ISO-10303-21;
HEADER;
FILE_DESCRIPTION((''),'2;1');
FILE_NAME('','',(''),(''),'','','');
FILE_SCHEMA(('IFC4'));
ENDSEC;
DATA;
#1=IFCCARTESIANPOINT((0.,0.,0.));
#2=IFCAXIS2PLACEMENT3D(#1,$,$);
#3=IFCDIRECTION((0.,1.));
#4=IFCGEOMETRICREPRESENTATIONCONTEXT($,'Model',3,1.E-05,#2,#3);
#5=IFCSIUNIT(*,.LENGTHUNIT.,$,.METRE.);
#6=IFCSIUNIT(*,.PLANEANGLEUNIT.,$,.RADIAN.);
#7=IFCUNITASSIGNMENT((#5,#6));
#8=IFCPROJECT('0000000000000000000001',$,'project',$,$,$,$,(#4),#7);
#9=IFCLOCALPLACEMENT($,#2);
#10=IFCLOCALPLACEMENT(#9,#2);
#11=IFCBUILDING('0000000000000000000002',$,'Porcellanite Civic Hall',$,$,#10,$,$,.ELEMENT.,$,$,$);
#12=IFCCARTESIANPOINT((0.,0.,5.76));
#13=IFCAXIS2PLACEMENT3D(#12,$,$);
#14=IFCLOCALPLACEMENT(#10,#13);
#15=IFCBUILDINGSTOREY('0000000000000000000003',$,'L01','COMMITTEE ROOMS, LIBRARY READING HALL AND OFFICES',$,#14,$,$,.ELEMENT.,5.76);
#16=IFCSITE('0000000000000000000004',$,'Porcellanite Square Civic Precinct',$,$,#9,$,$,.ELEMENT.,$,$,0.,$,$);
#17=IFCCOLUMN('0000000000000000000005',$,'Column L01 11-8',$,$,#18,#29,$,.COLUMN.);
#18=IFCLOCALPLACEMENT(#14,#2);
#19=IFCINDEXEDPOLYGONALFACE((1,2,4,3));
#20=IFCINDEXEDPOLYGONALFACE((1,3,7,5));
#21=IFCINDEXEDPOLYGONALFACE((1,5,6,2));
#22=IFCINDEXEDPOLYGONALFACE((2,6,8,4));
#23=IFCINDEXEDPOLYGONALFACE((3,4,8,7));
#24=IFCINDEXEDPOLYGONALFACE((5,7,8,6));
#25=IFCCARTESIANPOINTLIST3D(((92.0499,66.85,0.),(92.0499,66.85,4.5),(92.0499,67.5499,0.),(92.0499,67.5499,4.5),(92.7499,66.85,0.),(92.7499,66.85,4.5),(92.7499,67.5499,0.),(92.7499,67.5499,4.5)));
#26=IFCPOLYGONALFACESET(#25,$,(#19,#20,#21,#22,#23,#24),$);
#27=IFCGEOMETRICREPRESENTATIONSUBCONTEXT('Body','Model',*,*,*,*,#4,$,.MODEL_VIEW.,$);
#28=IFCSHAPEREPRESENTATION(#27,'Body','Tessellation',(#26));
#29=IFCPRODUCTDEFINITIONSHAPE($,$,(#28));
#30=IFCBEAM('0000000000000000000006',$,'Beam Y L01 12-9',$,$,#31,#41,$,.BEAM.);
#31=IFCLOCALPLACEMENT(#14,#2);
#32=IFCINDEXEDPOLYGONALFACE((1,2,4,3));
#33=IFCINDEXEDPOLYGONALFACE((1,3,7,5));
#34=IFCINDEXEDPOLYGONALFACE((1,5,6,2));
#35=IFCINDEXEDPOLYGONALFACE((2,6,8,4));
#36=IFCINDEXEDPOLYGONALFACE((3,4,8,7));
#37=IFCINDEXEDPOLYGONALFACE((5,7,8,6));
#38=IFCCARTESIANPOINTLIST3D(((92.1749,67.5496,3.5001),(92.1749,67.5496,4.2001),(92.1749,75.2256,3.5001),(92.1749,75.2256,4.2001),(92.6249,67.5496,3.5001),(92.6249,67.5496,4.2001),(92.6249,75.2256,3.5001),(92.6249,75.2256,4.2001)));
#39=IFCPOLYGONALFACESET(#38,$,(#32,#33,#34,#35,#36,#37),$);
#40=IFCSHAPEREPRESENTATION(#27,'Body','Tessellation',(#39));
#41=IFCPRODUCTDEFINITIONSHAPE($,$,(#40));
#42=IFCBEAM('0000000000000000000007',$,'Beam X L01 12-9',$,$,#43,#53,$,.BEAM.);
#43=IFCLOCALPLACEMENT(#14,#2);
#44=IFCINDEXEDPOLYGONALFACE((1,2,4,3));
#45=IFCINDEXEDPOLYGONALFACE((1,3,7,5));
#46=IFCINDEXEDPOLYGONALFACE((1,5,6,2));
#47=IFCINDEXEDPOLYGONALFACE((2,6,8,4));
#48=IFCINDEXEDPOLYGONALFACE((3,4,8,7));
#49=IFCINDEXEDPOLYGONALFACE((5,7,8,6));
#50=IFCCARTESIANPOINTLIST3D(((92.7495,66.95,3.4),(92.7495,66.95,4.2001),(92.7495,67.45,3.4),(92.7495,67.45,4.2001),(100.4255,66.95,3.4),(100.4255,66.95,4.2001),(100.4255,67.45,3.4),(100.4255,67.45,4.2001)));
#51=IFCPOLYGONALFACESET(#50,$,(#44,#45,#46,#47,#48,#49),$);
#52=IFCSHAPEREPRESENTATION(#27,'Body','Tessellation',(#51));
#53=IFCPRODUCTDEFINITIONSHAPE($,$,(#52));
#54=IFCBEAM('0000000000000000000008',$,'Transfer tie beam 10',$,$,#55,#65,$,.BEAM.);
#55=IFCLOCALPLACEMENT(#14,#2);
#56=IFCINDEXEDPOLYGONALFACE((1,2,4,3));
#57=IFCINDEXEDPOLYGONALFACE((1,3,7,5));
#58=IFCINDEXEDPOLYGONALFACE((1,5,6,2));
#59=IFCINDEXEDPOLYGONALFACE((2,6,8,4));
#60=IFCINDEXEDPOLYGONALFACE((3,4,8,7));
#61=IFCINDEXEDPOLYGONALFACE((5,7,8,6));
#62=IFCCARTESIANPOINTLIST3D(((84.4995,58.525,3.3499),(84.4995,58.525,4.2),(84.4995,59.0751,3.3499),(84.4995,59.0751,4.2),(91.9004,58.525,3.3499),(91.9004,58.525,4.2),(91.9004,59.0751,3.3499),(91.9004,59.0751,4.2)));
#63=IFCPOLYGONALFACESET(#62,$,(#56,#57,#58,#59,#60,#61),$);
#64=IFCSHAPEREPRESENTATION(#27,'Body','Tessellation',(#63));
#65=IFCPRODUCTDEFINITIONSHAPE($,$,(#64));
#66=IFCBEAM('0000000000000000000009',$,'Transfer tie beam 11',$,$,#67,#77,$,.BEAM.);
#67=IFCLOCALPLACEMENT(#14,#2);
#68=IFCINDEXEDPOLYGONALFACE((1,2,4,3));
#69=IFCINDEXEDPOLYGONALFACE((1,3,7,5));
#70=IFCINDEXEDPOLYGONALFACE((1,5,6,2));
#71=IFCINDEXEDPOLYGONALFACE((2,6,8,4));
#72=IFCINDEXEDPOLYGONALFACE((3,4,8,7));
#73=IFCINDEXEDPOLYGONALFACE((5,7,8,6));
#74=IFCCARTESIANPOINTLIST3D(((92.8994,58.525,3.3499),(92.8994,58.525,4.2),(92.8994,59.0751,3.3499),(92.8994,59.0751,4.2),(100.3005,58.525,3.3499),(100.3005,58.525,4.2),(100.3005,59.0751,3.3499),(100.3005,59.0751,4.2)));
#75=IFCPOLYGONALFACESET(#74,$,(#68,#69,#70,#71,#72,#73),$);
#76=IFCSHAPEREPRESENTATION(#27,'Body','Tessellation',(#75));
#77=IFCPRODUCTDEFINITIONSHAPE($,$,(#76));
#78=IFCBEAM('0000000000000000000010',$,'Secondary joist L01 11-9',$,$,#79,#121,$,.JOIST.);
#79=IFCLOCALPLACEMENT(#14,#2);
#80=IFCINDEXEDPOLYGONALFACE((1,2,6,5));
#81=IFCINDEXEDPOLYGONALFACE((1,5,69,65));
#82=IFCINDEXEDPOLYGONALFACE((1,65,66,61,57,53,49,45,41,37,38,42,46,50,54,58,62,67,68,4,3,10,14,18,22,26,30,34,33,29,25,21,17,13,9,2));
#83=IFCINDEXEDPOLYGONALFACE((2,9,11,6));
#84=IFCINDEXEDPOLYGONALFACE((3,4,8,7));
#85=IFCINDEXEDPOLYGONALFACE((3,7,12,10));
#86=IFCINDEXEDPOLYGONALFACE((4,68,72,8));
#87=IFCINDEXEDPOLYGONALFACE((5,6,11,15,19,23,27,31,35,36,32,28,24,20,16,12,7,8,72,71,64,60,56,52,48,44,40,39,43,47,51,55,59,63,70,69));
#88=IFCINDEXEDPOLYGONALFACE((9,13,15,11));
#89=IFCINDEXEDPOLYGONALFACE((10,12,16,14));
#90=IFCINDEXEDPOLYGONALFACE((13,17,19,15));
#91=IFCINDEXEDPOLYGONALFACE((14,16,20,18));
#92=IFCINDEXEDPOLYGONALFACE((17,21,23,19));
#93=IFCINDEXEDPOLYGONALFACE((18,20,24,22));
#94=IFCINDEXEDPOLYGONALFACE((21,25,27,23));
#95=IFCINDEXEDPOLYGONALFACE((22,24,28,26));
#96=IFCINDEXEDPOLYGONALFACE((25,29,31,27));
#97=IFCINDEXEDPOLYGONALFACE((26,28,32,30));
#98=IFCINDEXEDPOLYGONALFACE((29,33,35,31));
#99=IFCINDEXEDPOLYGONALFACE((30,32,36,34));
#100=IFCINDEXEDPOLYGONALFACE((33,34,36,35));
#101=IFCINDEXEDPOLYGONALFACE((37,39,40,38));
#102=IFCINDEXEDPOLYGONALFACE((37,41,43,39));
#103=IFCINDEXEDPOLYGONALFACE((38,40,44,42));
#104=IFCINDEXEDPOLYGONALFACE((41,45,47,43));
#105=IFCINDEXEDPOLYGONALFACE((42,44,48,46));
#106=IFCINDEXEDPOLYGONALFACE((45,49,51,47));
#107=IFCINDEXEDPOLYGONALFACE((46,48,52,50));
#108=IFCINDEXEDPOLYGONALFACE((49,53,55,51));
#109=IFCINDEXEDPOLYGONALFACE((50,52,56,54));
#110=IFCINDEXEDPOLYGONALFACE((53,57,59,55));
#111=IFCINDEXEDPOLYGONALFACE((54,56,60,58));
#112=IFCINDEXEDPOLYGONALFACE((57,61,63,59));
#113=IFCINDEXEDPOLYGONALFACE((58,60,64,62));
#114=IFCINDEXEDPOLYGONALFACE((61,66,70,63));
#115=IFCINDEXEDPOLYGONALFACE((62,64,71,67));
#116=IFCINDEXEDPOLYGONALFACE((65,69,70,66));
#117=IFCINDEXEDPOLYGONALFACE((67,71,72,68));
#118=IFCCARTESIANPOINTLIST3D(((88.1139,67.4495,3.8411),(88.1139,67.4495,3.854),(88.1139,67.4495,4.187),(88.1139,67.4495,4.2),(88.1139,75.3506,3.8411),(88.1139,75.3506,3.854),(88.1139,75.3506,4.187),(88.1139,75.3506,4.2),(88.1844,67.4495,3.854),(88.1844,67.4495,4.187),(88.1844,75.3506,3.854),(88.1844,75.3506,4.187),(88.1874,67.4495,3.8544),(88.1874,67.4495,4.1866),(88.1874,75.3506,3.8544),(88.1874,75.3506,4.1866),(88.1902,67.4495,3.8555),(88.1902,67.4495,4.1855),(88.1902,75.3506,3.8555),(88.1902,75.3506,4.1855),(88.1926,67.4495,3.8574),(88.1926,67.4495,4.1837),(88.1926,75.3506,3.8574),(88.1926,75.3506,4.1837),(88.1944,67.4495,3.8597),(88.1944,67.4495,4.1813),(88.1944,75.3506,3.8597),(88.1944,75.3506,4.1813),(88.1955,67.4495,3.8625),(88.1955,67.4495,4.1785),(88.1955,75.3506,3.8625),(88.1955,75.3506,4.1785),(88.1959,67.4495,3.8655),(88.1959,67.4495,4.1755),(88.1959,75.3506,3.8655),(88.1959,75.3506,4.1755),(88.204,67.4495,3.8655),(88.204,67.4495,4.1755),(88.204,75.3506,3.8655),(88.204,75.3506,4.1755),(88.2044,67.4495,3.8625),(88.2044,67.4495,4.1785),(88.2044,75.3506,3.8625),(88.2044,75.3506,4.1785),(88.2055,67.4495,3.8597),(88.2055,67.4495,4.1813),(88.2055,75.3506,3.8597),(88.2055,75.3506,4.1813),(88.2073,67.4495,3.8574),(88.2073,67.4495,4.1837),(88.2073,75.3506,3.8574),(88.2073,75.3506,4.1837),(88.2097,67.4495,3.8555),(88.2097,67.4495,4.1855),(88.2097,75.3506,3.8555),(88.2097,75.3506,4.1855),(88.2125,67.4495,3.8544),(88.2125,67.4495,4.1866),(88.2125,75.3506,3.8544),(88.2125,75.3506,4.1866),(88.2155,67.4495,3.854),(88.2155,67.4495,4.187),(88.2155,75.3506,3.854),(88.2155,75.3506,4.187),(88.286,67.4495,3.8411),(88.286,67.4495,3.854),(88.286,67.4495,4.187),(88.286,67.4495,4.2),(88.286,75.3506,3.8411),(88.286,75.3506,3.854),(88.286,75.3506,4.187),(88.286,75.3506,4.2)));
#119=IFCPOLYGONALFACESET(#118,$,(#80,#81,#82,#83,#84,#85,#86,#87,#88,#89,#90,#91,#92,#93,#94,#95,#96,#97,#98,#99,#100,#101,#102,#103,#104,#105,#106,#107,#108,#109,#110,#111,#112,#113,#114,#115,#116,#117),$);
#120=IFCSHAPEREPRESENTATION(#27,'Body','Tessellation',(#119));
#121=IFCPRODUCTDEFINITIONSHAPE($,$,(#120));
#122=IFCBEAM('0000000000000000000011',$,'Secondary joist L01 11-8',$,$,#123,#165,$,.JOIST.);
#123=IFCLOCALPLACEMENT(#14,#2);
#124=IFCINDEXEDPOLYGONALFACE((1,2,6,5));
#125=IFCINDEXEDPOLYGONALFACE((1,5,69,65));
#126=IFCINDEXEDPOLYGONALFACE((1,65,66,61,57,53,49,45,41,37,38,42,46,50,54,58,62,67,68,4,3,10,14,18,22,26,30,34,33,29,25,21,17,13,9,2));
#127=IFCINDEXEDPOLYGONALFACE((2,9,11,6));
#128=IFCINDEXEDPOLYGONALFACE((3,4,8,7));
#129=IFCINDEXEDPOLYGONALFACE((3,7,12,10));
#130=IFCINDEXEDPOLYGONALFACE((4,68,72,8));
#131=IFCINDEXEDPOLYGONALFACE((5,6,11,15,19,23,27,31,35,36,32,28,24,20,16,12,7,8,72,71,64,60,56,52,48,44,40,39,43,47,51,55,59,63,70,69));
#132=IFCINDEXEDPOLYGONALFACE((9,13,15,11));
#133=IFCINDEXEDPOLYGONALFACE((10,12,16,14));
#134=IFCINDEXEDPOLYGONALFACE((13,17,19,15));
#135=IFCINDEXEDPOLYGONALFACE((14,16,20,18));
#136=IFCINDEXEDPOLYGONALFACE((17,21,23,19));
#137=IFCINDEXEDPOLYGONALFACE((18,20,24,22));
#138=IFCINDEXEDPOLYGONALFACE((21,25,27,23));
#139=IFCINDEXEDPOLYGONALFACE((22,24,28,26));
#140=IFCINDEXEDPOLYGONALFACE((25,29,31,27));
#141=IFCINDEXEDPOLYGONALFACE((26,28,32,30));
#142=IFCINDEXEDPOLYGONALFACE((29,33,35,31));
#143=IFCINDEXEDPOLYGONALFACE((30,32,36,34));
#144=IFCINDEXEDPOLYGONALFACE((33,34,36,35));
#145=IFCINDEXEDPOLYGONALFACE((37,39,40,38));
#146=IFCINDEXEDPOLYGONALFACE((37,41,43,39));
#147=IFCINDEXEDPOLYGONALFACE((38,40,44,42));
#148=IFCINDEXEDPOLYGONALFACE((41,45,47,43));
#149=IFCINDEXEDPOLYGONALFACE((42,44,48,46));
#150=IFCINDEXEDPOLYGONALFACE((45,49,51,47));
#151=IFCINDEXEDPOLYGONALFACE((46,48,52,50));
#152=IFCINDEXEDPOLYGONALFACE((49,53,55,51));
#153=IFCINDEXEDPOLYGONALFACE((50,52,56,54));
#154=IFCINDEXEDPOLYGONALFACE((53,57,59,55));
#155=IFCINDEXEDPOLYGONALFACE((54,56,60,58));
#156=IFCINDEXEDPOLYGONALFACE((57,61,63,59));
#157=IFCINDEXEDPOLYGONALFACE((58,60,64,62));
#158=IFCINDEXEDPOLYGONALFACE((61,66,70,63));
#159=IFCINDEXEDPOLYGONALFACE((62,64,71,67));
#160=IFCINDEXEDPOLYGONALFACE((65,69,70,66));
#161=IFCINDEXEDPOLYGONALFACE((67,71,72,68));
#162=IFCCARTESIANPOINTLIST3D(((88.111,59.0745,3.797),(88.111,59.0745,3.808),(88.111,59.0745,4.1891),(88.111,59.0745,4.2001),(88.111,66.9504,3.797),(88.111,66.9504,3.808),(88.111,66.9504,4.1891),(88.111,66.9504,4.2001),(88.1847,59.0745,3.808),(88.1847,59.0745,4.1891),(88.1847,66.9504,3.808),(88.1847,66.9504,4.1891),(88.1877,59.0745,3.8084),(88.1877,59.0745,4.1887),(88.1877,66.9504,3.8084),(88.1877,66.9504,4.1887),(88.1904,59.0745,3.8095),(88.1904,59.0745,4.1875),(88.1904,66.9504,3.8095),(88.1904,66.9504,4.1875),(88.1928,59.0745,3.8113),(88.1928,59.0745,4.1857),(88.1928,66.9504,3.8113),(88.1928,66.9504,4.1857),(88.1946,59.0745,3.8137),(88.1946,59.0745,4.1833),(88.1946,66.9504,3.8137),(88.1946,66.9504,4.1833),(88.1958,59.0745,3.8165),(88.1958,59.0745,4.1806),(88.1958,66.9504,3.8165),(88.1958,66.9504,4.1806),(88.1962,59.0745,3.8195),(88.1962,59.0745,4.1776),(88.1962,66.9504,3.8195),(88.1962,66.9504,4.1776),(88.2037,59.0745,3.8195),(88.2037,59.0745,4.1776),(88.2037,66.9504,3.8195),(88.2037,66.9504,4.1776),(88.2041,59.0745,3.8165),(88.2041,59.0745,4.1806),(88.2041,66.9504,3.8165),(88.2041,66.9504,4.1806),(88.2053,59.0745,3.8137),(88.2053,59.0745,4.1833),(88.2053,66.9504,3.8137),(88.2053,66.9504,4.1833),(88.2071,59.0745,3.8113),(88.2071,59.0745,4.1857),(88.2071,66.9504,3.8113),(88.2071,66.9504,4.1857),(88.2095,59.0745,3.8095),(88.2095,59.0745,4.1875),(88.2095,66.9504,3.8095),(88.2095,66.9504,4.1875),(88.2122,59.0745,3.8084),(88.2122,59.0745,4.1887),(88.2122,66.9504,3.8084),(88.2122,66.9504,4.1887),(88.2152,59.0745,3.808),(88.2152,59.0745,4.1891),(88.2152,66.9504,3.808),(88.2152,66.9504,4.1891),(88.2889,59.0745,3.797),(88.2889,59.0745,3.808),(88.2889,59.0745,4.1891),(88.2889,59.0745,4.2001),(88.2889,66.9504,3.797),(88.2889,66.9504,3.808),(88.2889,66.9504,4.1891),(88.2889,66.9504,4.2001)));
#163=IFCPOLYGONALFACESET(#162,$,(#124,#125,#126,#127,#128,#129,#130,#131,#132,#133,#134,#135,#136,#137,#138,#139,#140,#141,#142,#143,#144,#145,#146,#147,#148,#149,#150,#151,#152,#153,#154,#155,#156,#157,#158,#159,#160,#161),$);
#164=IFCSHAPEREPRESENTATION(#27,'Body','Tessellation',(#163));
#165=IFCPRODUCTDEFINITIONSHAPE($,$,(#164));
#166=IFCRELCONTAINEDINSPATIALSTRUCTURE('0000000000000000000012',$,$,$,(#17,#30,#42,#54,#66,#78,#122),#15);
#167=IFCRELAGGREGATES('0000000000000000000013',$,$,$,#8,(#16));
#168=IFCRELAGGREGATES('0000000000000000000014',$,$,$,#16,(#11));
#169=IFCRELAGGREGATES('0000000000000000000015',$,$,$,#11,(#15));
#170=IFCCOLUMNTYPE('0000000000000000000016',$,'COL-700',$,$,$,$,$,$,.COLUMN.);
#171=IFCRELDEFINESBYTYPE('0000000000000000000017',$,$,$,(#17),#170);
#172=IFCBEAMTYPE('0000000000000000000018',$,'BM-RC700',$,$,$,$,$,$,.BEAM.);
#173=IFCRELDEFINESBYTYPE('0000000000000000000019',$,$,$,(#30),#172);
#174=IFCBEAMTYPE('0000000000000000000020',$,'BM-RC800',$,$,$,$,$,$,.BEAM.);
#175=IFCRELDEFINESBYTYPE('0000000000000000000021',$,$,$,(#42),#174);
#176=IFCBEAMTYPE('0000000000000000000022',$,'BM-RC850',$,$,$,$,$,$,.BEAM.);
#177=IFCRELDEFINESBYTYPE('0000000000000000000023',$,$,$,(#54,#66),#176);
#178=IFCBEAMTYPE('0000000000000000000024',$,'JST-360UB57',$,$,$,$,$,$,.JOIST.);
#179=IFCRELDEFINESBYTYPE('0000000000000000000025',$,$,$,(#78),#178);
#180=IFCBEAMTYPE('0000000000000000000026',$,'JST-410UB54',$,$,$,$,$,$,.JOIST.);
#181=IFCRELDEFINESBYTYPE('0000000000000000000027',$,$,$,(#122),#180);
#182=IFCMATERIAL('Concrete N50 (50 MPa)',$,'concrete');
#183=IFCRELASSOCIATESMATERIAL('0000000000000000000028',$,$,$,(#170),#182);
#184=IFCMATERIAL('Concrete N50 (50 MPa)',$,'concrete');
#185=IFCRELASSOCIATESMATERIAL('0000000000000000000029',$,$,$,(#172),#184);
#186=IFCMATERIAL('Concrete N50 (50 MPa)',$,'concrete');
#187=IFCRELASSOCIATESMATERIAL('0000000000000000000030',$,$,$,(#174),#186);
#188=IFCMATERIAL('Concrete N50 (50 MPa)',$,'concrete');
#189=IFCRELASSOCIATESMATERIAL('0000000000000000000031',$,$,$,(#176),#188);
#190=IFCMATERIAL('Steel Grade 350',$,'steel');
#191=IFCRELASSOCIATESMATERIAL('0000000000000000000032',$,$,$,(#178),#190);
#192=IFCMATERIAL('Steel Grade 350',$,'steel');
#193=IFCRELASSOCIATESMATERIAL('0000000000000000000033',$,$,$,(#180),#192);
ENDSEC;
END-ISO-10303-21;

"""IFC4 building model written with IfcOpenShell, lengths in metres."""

from ifc_helpers import new_model, si_unit, direction, frame, origin, origin_2d, place, context, subcontext, project, spatial, rectangle, i_section, extrude, material, material_profile, profile_set, type_object, element, save


model = new_model("IFC4")

# Units and contexts
model_context = context("Model", 3, precision=1e-05, world=origin(), true_north=direction((0.0, 1.0)))
body_context = subcontext(model_context, "Body", "Model", "MODEL_VIEW")
ifc_project = project(units=[si_unit("LENGTHUNIT", "METRE"), si_unit("PLANEANGLEUNIT", "RADIAN")], contexts=[model_context])

# Site, building, storey
site_placement = place(None, origin())
site = spatial("IfcSite", under=ifc_project, at=site_placement, Name="Porcellanite Square Civic Precinct", CompositionType="ELEMENT", RefElevation=0.0)
building_placement = place(site_placement, origin())
building = spatial("IfcBuilding", under=site, at=building_placement, Name="Porcellanite Civic Hall", CompositionType="ELEMENT")
storey_placement = place(building_placement, frame((0.0, 0.0, 5.76)))
storey = spatial("IfcBuildingStorey", under=building, at=storey_placement, Name="L01", Description="COMMITTEE ROOMS, LIBRARY READING HALL AND OFFICES", CompositionType="ELEMENT", Elevation=5.76)

# Column
ifc_material_1 = material(Name="Concrete N50 (50 MPa)", Category="concrete")
ifc_material_profile_1 = material_profile(ifc_material_1, rectangle(XDim=0.7, YDim=0.7, at=origin_2d()), Name="RC-700x700")
ifc_profile_set_1 = profile_set([ifc_material_profile_1], Name="Concrete N50 (50 MPa)")
column_type = type_object("IfcColumnType", Name="COL-700", PredefinedType="COLUMN", material=ifc_profile_set_1)
column_placement = place(storey_placement, frame((92.3999, 67.2, 0.0), z_axis=(0.0, 0.0, 1.0), x_axis=(1.0, 0.0, 0.0)))
element("IfcColumn", 1, at=column_placement, inside=storey, type_object=column_type, Name="Column L01 11-8", PredefinedType="COLUMN", context=body_context, shape_type="SweptSolid", body=[
    extrude(rectangle(XDim=0.7, YDim=0.7, at=origin_2d()), origin(), (0.0, 0.0, 1.0), 4.5),
])

# Beams
ifc_material_2 = material(Name="Concrete N50 (50 MPa)", Category="concrete")
ifc_material_profile_2 = material_profile(ifc_material_2, rectangle(XDim=0.45, YDim=0.7, at=origin_2d()), Name="RC-450x700")
ifc_profile_set_2 = profile_set([ifc_material_profile_2], Name="Concrete N50 (50 MPa)")
beam_type_1 = type_object("IfcBeamType", Name="BM-RC700", PredefinedType="BEAM", material=ifc_profile_set_2)
beam_1_placement = place(storey_placement, frame((92.3999, 67.5496, 3.8501), z_axis=(0.0, 1.0, 0.0), x_axis=(-1.0, 0.0, 0.0)))
element("IfcBeam", 2, at=beam_1_placement, inside=storey, type_object=beam_type_1, Name="Beam Y L01 12-9", PredefinedType="BEAM", context=body_context, shape_type="SweptSolid", body=[
    extrude(rectangle(XDim=0.45, YDim=0.7, at=origin_2d()), origin(), (0.0, 0.0, 1.0), 7.676),
])
ifc_material_3 = material(Name="Concrete N50 (50 MPa)", Category="concrete")
ifc_material_profile_3 = material_profile(ifc_material_3, rectangle(XDim=0.5, YDim=0.8, at=origin_2d()), Name="RC-500x800")
ifc_profile_set_3 = profile_set([ifc_material_profile_3], Name="Concrete N50 (50 MPa)")
beam_type_2 = type_object("IfcBeamType", Name="BM-RC800", PredefinedType="BEAM", material=ifc_profile_set_3)
beam_2_placement = place(storey_placement, frame((92.7495, 67.2, 3.8), z_axis=(1.0, 0.0, 0.0), x_axis=(0.0, 1.0, 0.0)))
element("IfcBeam", 3, at=beam_2_placement, inside=storey, type_object=beam_type_2, Name="Beam X L01 12-9", PredefinedType="BEAM", context=body_context, shape_type="SweptSolid", body=[
    extrude(rectangle(XDim=0.5, YDim=0.8, at=origin_2d()), origin(), (0.0, 0.0, 1.0), 7.676),
])
ifc_material_4 = material(Name="Concrete N50 (50 MPa)", Category="concrete")
ifc_material_profile_4 = material_profile(ifc_material_4, rectangle(XDim=0.55, YDim=0.8501, at=origin_2d()), Name="RC-550x850")
ifc_profile_set_4 = profile_set([ifc_material_profile_4], Name="Concrete N50 (50 MPa)")
beam_type_3 = type_object("IfcBeamType", Name="BM-RC850", PredefinedType="BEAM", material=ifc_profile_set_4)
beam_3_placement = place(storey_placement, frame((84.4995, 58.8, 3.7749), z_axis=(1.0, 0.0, 0.0), x_axis=(0.0, 1.0, 0.0)))
element("IfcBeam", 4, at=beam_3_placement, inside=storey, type_object=beam_type_3, Name="Transfer tie beam 10", PredefinedType="BEAM", context=body_context, shape_type="SweptSolid", body=[
    extrude(rectangle(XDim=0.55, YDim=0.8501, at=origin_2d()), origin(), (0.0, 0.0, 1.0), 7.4009),
])
beam_4_placement = place(storey_placement, frame((92.8994, 58.8, 3.7749), z_axis=(1.0, 0.0, 0.0), x_axis=(0.0, 1.0, 0.0)))
element("IfcBeam", 5, at=beam_4_placement, inside=storey, type_object=beam_type_3, Name="Transfer tie beam 11", PredefinedType="BEAM", context=body_context, shape_type="SweptSolid", body=[
    extrude(rectangle(XDim=0.55, YDim=0.8501, at=origin_2d()), origin(), (0.0, 0.0, 1.0), 7.4011),
])
ifc_material_5 = material(Name="Steel Grade 350", Category="steel")
ifc_material_profile_5 = material_profile(ifc_material_5, i_section(OverallWidth=0.1721, OverallDepth=0.3589, WebThickness=0.0081, FlangeThickness=0.0129, FilletRadius=0.0115, at=origin_2d()), Name="360UB56.7")
ifc_profile_set_5 = profile_set([ifc_material_profile_5], Name="Steel Grade 350")
beam_type_4 = type_object("IfcBeamType", Name="JST-360UB57", PredefinedType="JOIST", material=ifc_profile_set_5)
beam_5_placement = place(storey_placement, frame((88.2, 67.4495, 4.0205), z_axis=(0.0, 1.0, 0.0), x_axis=(-1.0, 0.0, 0.0)))
element("IfcBeam", 6, at=beam_5_placement, inside=storey, type_object=beam_type_4, Name="Secondary joist L01 11-9", PredefinedType="JOIST", context=body_context, shape_type="SweptSolid", body=[
    extrude(i_section(OverallWidth=0.1721, OverallDepth=0.3589, WebThickness=0.0081, FlangeThickness=0.0129, FilletRadius=0.0115, at=origin_2d()), origin(), (0.0, 0.0, 1.0), 7.9011),
])
ifc_material_6 = material(Name="Steel Grade 350", Category="steel")
ifc_material_profile_6 = material_profile(ifc_material_6, i_section(OverallWidth=0.178, OverallDepth=0.4031, WebThickness=0.0076, FlangeThickness=0.011, FilletRadius=0.0115, at=origin_2d()), Name="410UB53.7")
ifc_profile_set_6 = profile_set([ifc_material_profile_6], Name="Steel Grade 350")
beam_type_5 = type_object("IfcBeamType", Name="JST-410UB54", PredefinedType="JOIST", material=ifc_profile_set_6)
for number, where, z_axis, x_axis, name in (
    (7, (88.2, 59.0745, 3.9985), (0.0, 1.0, 0.0), (-1.0, 0.0, 0.0), "Secondary joist L01 11-8"),
):
    element("IfcBeam", number, at=place(storey_placement, frame(where, z_axis=z_axis, x_axis=x_axis)), inside=storey, type_object=beam_type_5, Name=name, PredefinedType="JOIST", context=body_context, shape_type="SweptSolid", body=[
        extrude(i_section(OverallWidth=0.178, OverallDepth=0.4031, WebThickness=0.0076, FlangeThickness=0.011, FilletRadius=0.0115, at=origin_2d()), origin(), (0.0, 0.0, 1.0), 7.876),
    ])

save(model, "model.ifc")
